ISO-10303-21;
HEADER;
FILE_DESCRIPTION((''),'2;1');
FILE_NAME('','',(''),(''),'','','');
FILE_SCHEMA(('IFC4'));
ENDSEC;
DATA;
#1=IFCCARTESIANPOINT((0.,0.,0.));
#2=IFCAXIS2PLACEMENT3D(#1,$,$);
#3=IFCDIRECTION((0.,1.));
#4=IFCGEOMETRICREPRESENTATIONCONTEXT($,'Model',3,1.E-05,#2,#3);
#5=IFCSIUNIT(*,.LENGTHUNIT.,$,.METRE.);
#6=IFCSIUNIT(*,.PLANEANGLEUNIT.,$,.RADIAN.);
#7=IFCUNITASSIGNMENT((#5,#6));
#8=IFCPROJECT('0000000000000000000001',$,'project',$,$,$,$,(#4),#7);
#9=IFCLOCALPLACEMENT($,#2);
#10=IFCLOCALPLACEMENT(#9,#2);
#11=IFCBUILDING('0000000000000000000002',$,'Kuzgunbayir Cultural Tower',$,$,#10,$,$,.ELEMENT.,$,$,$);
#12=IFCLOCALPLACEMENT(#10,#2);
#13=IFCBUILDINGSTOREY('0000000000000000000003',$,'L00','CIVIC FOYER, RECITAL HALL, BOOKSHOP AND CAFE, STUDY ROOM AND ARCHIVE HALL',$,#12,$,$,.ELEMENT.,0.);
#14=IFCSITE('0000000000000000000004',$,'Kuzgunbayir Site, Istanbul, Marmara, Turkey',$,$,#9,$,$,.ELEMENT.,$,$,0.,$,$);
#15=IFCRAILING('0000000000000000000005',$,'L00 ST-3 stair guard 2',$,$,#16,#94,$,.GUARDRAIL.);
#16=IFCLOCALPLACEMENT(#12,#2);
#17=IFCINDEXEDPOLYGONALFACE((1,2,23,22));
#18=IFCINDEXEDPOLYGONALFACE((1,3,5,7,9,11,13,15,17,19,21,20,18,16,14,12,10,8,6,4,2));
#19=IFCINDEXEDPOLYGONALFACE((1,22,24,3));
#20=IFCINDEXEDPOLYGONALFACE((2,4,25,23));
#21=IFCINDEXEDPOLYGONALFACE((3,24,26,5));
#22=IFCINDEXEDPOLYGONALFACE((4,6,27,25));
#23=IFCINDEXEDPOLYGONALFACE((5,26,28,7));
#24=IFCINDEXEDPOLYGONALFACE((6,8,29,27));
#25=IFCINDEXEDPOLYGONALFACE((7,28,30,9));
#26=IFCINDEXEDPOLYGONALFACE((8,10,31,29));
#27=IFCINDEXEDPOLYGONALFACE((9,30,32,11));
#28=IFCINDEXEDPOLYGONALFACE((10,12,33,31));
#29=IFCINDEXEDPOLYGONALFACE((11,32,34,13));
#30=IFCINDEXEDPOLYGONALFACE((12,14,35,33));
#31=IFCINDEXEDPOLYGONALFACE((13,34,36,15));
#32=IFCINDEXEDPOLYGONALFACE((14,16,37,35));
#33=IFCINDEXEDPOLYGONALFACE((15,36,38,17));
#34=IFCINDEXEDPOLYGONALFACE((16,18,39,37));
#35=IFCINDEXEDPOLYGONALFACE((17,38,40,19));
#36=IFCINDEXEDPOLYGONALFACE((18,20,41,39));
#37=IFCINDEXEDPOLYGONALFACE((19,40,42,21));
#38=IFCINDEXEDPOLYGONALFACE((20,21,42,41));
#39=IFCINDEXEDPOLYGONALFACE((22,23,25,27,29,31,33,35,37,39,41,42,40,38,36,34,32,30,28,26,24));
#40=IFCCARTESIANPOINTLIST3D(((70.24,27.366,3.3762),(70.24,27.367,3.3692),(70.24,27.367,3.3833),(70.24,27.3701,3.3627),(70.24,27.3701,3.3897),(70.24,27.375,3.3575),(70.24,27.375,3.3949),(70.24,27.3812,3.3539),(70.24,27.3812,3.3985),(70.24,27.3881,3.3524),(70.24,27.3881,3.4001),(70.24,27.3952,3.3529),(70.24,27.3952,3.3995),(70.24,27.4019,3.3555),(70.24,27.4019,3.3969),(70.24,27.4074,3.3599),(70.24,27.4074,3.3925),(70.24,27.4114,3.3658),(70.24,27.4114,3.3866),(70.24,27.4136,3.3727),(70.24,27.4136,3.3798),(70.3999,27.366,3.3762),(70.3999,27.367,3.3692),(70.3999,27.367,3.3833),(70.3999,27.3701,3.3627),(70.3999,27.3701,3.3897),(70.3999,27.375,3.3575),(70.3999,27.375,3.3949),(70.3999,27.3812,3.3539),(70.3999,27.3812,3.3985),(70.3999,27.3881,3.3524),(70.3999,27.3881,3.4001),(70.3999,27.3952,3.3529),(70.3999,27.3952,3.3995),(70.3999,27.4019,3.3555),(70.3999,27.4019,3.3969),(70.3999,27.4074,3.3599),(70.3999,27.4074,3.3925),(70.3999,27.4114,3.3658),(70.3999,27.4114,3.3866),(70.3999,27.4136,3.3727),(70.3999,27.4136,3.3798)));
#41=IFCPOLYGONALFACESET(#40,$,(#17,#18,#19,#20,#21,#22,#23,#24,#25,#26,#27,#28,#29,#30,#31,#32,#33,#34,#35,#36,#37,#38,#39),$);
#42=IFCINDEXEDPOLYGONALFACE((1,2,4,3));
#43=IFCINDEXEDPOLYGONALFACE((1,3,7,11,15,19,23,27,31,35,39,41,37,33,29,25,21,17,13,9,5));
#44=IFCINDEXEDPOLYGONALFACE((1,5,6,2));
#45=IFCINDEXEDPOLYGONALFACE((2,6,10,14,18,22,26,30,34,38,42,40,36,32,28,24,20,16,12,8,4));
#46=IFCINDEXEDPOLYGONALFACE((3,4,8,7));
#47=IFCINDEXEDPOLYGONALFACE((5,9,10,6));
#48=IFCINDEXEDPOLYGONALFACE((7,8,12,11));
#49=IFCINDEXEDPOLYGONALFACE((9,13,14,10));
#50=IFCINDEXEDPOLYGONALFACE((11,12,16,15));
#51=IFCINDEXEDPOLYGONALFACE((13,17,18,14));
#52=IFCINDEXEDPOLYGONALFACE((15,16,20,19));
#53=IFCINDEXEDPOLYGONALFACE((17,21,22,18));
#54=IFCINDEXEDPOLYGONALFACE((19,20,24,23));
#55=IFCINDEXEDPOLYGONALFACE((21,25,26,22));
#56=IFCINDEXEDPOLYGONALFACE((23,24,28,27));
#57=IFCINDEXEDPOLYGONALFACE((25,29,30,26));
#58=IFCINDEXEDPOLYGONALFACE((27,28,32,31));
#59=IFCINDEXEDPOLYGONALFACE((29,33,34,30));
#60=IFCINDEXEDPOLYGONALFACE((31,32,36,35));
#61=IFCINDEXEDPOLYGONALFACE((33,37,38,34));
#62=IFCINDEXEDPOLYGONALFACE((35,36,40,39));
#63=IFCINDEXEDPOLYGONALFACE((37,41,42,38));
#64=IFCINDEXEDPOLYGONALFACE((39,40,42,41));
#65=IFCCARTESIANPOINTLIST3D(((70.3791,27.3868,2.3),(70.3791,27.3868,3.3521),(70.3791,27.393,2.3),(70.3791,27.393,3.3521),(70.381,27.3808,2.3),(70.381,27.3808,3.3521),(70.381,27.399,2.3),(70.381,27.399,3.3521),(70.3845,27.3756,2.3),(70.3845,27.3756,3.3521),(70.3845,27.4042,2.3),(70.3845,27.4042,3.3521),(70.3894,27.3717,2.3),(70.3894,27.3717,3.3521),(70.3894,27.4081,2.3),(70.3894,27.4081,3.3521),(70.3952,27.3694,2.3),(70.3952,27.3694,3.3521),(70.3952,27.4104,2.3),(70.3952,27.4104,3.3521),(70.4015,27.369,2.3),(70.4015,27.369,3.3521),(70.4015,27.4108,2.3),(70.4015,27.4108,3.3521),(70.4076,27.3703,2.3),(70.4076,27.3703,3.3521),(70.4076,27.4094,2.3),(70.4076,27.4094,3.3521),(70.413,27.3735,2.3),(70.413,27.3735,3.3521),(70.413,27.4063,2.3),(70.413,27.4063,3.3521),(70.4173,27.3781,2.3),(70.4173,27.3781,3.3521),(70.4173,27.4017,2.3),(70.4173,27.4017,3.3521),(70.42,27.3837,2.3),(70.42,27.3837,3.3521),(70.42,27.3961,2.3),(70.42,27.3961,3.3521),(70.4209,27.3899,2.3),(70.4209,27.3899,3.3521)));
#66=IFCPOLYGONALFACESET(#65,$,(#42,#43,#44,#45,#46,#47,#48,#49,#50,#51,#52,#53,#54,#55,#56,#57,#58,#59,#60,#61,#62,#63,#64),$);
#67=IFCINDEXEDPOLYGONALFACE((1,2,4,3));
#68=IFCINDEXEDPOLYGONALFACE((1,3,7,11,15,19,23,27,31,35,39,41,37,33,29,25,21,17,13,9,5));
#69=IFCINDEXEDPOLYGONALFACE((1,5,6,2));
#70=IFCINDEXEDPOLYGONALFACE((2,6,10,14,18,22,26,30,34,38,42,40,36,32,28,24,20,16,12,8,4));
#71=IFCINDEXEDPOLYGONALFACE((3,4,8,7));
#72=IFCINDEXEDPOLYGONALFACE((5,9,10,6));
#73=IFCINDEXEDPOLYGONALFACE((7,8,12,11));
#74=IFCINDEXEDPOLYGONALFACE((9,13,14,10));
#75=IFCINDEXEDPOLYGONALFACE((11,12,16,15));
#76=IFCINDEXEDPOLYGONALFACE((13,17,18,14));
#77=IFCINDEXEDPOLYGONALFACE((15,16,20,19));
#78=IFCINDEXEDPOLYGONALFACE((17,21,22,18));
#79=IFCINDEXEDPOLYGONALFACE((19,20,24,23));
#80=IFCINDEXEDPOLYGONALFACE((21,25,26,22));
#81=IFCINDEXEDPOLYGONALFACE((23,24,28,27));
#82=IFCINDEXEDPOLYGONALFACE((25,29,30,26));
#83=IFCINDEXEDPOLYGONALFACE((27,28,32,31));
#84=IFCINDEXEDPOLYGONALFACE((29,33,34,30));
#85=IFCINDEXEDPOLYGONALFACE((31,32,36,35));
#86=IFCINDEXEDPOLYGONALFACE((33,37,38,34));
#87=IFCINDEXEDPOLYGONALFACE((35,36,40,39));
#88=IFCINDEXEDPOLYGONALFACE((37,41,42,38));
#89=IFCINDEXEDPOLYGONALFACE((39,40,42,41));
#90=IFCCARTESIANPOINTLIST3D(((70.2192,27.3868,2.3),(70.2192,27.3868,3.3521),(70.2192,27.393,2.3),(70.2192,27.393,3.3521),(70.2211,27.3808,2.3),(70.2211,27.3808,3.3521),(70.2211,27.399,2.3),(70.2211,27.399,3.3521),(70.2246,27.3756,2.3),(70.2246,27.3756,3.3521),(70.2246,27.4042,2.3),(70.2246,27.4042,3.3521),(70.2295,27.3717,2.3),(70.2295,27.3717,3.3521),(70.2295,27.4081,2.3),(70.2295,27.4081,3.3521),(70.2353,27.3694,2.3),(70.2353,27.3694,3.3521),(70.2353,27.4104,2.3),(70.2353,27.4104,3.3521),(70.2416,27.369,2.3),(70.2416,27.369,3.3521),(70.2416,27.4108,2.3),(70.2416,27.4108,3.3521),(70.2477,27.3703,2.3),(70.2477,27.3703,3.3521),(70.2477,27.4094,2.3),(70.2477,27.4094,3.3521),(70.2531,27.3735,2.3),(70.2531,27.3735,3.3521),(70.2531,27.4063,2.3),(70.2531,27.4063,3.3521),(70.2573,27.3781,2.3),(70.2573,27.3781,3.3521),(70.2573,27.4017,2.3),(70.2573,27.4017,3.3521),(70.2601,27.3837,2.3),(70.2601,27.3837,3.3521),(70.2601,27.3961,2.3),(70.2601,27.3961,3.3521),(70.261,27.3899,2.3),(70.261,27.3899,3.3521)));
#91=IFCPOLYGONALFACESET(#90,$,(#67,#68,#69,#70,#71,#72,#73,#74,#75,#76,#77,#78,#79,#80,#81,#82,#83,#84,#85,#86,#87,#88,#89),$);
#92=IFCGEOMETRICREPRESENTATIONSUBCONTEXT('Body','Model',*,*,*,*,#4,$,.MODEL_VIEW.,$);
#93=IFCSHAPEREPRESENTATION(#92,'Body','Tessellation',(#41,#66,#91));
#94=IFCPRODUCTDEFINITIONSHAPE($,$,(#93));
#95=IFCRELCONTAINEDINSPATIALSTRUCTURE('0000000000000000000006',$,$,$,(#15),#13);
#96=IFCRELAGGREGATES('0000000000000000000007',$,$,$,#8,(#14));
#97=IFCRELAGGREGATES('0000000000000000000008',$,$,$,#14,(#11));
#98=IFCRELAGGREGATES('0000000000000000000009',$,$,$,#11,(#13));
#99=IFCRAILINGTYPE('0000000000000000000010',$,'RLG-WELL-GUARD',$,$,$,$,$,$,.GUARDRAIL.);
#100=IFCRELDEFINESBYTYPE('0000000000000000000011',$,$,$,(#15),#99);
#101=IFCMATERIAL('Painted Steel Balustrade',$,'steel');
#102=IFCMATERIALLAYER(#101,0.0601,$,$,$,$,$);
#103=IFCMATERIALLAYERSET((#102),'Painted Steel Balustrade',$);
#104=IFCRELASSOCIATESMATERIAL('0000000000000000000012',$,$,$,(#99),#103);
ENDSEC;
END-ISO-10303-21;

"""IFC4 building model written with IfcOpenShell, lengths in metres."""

from ifc_helpers import new_model, si_unit, direction, frame, origin, origin_2d, place, context, subcontext, project, spatial, circle, extrude, material, layer, layer_set, type_object, element, save


model = new_model("IFC4")

# Units and contexts
model_context = context("Model", 3, precision=1e-05, world=origin(), true_north=direction((0.0, 1.0)))
body_context = subcontext(model_context, "Body", "Model", "MODEL_VIEW")
ifc_project = project(units=[si_unit("LENGTHUNIT", "METRE"), si_unit("PLANEANGLEUNIT", "RADIAN")], contexts=[model_context])

# Site, building, storey
site_placement = place(None, origin())
site = spatial("IfcSite", under=ifc_project, at=site_placement, Name="Kuzgunbayir Site, Istanbul, Marmara, Turkey", CompositionType="ELEMENT", RefElevation=0.0)
building_placement = place(site_placement, origin())
building = spatial("IfcBuilding", under=site, at=building_placement, Name="Kuzgunbayir Cultural Tower", CompositionType="ELEMENT")
storey_placement = place(building_placement, origin())
storey = spatial("IfcBuildingStorey", under=building, at=storey_placement, Name="L00", Description="CIVIC FOYER, RECITAL HALL, BOOKSHOP AND CAFE, STUDY ROOM AND ARCHIVE HALL", CompositionType="ELEMENT", Elevation=0.0)

# Railing
ifc_material_1 = material(Name="Painted Steel Balustrade", Category="steel")
ifc_layer_1 = layer(ifc_material_1, 0.0601)
ifc_layer_set_1 = layer_set([ifc_layer_1], Name="Painted Steel Balustrade")
railing_type_1 = type_object("IfcRailingType", Name="RLG-WELL-GUARD", PredefinedType="GUARDRAIL", material=ifc_layer_set_1)
railing_1_placement = place(storey_placement, frame((70.3999, 27.3899, 2.3)))
element("IfcRailing", 1, at=railing_1_placement, inside=storey, type_object=railing_type_1, Name="L00 ST-3 stair guard 2", PredefinedType="GUARDRAIL", context=body_context, shape_type="SweptSolid", body=[
    extrude(circle(Radius=0.0239, at=origin_2d()), frame((0.0, 0.0, 1.0762), z_axis=(-1.0, 0.0, 0.0), x_axis=(0.0, -1.0, 0.0)), (0.0, 0.0, 1.0), 0.1599),
    extrude(circle(Radius=0.021, at=origin_2d()), origin(), (0.0, 0.0, 1.0), 1.052),
    extrude(circle(Radius=0.021, at=origin_2d()), frame((-0.1599, 0.0, 0.0)), (0.0, 0.0, 1.0), 1.052),
])

save(model, "model.ifc")
